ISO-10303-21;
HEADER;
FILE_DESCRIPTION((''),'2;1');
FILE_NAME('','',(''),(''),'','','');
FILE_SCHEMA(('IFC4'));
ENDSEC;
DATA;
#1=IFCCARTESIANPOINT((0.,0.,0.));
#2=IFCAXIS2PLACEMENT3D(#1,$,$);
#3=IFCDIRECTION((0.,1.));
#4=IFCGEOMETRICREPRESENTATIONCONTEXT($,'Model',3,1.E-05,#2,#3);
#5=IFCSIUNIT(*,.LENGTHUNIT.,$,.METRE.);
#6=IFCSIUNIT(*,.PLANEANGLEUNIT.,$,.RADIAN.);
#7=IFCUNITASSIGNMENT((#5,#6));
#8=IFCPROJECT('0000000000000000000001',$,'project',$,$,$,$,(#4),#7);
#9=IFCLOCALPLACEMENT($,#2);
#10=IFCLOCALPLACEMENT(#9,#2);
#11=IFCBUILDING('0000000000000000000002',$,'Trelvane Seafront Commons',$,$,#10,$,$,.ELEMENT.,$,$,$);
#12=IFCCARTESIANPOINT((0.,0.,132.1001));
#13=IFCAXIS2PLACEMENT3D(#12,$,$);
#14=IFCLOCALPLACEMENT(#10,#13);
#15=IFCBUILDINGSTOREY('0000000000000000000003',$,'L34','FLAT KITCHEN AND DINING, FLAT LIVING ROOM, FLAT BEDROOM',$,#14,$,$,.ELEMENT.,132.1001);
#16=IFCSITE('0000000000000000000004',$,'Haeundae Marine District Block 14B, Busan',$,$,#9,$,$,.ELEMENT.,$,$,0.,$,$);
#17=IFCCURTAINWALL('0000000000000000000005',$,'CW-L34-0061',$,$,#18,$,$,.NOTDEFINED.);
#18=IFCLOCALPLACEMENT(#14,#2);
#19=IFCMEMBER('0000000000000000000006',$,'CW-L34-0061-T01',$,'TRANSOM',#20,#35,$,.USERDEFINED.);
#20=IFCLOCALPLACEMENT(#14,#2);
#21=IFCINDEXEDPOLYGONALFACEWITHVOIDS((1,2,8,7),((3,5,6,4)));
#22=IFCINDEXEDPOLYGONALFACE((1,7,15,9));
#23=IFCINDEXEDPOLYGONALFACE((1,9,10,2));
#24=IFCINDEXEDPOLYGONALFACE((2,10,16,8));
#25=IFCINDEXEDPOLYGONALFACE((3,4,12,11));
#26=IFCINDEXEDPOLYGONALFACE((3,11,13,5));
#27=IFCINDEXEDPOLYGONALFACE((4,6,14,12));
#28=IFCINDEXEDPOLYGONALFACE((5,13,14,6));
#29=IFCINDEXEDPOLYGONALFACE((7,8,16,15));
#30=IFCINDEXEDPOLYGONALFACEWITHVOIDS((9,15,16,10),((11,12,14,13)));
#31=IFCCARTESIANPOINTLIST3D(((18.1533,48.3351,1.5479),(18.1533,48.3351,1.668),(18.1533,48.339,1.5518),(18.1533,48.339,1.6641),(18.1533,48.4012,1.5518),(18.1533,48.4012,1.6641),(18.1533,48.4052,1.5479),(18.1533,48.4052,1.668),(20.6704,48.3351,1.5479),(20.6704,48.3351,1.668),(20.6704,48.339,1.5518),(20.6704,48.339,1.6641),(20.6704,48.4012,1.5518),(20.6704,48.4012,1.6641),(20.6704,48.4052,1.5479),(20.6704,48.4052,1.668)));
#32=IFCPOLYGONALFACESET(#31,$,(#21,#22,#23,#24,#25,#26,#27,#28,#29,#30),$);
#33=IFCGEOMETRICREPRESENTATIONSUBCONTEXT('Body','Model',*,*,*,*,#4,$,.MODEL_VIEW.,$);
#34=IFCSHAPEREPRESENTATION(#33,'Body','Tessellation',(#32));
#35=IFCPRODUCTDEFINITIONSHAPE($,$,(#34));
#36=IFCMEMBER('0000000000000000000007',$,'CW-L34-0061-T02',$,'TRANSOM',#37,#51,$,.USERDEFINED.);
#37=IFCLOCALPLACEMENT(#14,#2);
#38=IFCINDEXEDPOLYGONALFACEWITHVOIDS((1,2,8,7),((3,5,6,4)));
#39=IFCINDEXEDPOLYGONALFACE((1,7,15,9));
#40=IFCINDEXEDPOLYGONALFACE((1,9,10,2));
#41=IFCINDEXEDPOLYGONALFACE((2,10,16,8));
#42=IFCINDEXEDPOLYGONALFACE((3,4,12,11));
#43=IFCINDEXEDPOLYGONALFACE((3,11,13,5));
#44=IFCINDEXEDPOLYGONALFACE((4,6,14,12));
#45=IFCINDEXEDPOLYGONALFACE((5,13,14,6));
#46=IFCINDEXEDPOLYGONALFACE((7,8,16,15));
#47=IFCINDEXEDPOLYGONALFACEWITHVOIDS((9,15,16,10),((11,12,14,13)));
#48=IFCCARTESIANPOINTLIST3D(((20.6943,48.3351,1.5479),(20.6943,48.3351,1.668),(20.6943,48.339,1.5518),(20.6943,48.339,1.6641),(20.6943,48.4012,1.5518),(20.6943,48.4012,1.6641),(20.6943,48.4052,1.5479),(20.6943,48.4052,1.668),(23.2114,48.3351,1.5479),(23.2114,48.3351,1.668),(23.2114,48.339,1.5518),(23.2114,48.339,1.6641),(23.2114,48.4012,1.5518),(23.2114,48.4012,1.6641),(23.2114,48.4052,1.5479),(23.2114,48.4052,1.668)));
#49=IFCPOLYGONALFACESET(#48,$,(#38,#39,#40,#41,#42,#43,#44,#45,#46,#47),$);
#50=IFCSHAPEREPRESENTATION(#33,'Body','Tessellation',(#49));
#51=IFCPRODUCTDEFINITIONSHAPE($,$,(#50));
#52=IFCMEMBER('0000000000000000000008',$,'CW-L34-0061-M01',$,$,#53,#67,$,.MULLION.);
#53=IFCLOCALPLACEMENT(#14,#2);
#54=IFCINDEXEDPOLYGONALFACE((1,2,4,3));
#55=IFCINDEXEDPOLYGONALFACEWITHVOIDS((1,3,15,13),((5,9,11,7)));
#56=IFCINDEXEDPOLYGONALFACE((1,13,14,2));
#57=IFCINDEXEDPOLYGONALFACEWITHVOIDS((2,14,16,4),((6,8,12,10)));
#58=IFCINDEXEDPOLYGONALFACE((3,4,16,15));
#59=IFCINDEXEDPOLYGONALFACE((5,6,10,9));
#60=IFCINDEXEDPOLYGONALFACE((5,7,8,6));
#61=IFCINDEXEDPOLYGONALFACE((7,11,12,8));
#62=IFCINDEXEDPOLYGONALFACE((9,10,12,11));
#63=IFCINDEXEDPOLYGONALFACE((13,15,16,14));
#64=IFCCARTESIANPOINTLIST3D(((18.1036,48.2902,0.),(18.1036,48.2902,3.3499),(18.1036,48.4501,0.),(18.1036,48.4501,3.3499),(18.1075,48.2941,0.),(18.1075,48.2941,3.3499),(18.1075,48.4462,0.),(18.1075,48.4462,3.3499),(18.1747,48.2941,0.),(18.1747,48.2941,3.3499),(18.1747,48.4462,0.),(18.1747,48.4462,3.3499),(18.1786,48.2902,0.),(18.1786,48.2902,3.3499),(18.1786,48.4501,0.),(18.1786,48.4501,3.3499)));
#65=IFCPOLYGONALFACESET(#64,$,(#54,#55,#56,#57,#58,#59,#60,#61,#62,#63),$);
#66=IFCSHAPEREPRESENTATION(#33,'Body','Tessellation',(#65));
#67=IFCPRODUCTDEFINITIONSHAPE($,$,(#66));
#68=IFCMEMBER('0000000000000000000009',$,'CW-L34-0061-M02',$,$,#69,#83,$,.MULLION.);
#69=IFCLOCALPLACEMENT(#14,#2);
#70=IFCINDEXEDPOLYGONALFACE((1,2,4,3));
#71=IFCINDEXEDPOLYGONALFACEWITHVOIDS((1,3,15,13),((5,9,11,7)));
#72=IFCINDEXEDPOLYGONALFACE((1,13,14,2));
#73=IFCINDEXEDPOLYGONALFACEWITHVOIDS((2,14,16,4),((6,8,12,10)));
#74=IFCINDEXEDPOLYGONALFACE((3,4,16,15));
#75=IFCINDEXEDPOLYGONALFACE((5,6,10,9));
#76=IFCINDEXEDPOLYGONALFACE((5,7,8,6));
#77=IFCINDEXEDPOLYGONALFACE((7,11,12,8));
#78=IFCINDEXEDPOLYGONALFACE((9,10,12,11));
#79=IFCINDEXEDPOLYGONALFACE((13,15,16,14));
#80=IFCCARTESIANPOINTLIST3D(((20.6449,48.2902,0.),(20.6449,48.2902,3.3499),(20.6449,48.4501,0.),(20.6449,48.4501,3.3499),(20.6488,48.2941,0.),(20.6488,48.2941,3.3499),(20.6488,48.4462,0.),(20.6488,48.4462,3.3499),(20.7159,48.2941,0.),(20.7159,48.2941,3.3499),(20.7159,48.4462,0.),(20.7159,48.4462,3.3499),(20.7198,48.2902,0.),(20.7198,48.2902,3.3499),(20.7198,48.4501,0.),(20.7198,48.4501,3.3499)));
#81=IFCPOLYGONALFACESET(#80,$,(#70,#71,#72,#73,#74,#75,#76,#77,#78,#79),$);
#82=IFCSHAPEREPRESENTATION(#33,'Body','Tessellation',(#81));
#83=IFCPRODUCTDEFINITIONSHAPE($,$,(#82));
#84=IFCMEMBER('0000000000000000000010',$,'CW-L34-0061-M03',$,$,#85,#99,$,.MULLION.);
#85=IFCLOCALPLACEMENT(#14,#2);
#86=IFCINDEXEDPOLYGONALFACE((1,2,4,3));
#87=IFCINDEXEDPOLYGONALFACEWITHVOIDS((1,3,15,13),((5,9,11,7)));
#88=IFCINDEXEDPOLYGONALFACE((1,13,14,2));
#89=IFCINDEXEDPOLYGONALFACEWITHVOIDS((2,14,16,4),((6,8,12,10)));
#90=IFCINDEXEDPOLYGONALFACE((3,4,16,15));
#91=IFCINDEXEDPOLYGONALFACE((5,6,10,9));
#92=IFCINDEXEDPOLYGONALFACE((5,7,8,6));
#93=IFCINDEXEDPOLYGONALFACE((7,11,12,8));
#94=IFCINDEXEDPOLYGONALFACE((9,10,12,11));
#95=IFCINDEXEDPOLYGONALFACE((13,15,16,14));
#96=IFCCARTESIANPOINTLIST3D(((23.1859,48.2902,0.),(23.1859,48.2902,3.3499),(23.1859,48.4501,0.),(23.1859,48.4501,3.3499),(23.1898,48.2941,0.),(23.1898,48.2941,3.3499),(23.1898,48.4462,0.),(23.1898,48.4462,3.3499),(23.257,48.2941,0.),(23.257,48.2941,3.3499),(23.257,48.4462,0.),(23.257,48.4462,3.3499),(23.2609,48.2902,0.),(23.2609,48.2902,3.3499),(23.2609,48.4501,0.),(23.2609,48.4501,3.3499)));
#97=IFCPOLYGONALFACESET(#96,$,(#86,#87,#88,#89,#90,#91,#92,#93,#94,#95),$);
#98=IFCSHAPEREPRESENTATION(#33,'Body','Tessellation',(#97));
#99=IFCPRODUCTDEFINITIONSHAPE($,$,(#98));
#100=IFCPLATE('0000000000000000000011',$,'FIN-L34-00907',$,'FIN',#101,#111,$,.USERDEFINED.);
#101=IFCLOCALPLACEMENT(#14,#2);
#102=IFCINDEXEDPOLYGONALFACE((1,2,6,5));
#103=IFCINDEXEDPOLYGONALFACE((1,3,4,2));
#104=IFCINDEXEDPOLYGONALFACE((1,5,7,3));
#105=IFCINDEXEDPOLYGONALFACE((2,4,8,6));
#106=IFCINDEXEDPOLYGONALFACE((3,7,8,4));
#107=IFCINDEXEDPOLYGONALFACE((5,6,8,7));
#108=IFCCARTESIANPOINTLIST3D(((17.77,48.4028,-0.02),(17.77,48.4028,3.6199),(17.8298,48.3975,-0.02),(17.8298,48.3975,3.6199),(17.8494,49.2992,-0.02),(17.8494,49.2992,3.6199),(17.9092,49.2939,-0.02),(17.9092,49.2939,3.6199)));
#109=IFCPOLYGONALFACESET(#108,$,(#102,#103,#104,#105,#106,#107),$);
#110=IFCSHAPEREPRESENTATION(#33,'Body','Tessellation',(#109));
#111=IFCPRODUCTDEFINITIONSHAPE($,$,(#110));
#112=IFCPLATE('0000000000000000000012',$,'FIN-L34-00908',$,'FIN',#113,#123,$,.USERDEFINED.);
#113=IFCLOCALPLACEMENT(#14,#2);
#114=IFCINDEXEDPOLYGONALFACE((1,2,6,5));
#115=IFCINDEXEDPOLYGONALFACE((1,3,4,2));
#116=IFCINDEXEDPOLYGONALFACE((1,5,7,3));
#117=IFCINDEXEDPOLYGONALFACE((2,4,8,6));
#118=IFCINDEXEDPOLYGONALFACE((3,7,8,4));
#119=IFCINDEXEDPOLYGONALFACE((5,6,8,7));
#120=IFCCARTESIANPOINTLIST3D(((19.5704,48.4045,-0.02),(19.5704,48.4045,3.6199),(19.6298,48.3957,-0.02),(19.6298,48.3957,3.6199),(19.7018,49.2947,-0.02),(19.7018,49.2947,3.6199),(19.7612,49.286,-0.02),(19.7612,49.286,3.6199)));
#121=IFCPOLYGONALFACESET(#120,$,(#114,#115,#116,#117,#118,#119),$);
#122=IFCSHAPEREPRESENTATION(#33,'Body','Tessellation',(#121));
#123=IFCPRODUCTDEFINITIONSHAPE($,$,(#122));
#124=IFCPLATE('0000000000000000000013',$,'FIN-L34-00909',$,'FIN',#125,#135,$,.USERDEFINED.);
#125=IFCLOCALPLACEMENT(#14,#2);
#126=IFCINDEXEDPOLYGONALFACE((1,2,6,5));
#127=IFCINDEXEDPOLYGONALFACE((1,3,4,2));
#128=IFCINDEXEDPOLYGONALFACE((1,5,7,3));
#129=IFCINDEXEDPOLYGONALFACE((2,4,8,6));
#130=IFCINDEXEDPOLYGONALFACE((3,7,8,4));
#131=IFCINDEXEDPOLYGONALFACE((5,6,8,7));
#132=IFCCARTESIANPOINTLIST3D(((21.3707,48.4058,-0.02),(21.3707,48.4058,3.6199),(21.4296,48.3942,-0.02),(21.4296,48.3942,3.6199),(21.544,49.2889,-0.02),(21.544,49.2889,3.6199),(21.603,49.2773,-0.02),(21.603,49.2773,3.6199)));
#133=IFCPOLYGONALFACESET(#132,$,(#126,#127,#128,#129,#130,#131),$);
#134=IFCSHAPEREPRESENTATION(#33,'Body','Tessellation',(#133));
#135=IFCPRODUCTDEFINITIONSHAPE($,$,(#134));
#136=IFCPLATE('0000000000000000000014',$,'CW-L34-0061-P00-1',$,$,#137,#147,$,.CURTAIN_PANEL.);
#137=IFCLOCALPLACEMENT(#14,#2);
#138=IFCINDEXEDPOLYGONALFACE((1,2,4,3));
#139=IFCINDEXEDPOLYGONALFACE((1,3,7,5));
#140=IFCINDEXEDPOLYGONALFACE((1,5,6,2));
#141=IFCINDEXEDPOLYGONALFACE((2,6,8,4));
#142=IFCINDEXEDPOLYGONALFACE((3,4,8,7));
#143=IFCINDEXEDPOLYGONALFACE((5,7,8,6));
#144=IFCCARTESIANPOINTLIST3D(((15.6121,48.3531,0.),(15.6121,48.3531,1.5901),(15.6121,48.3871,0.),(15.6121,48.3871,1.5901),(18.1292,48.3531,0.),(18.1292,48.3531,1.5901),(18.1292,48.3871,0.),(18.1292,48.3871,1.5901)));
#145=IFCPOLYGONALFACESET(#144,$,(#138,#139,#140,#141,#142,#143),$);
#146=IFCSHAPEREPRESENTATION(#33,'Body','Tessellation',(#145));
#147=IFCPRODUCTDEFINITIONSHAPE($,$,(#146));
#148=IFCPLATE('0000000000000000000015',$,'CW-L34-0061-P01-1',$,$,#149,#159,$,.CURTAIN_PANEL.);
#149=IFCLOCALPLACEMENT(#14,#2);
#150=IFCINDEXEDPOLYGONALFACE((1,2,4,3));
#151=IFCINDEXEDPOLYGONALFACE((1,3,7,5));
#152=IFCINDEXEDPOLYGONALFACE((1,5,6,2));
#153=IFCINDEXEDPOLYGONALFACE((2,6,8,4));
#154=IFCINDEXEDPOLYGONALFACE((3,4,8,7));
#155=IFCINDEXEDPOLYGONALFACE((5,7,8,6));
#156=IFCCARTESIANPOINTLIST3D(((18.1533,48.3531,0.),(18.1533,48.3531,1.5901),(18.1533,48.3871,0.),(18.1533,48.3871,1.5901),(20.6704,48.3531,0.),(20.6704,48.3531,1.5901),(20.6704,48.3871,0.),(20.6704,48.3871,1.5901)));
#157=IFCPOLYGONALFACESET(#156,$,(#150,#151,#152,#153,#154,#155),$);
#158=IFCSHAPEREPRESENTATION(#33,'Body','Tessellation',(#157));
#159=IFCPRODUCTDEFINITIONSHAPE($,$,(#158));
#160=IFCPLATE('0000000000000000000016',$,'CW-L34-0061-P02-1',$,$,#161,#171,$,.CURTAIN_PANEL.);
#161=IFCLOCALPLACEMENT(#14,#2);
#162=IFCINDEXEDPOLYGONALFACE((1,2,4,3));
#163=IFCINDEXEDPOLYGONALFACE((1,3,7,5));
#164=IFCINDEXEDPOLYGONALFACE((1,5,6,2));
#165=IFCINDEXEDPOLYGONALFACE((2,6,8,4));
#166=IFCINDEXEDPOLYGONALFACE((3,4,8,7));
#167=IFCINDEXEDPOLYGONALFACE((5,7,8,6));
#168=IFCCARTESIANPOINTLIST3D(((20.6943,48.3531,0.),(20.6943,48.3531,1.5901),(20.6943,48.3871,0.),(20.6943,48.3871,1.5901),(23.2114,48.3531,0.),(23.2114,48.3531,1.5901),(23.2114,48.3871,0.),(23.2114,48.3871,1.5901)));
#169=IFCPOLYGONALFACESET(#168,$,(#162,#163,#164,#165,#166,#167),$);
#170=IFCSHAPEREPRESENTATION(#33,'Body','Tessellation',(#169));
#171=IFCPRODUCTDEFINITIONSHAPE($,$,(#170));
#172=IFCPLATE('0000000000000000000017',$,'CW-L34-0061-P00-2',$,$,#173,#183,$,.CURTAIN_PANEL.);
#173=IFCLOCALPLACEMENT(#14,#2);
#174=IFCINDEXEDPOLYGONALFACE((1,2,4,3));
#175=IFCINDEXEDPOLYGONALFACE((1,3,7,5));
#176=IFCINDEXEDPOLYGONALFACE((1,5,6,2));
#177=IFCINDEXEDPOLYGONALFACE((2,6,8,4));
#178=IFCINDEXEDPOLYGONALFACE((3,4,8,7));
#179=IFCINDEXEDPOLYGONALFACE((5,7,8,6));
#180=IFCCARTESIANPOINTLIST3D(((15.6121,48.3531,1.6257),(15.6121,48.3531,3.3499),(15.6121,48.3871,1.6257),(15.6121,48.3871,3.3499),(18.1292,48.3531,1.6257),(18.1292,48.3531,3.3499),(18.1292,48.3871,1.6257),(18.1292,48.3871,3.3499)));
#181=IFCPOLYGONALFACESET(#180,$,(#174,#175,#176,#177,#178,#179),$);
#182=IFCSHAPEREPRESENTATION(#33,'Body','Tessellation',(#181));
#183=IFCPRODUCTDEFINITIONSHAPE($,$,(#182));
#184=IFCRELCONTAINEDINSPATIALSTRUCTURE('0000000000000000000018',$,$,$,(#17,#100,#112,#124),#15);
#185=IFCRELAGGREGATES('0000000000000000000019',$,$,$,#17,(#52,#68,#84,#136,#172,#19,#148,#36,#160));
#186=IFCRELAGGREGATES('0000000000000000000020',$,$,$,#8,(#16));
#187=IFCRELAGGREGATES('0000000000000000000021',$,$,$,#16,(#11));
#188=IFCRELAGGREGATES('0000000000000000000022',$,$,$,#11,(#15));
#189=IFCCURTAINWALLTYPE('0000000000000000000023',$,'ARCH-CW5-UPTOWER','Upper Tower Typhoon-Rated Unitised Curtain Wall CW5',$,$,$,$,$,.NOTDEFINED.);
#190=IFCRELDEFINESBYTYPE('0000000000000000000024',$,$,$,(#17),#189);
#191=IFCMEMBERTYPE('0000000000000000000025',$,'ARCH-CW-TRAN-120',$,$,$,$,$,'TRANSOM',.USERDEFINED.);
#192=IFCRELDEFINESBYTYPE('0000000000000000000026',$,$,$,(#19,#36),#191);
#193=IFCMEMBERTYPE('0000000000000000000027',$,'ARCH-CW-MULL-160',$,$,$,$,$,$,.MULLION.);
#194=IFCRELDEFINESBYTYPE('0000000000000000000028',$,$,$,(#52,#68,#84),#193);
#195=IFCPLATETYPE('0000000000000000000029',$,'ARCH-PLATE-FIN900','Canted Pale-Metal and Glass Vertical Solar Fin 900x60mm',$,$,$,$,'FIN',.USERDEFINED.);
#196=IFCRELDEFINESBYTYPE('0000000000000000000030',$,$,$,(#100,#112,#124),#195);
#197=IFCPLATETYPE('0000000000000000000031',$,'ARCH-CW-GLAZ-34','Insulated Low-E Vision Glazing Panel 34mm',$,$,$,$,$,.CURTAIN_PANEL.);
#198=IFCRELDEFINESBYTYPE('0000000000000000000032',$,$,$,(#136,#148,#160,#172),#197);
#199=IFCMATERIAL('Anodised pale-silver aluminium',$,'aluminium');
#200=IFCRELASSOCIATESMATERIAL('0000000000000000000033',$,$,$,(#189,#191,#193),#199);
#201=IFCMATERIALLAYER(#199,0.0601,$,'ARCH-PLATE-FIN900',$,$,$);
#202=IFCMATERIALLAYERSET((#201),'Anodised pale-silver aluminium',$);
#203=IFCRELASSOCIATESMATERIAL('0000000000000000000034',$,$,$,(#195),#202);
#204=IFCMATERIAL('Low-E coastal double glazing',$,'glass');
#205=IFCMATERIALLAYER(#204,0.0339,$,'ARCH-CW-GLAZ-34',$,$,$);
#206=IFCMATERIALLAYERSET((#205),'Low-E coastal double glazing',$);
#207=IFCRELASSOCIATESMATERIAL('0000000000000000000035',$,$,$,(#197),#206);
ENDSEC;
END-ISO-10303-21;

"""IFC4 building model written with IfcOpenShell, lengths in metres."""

from ifc_helpers import new_model, si_unit, direction, frame, origin, origin_2d, place, context, subcontext, project, spatial, rectangle, hollow_rectangle, extrude, source, transform, mapped, material, layer, layer_set, material_profile, profile_set, type_object, element, aggregate, save


model = new_model("IFC4")

# Units and contexts
model_context = context("Model", 3, precision=1e-05, world=origin(), true_north=direction((0.0, 1.0)))
body_context = subcontext(model_context, "Body", "Model", "MODEL_VIEW")
ifc_project = project(units=[si_unit("LENGTHUNIT", "METRE"), si_unit("PLANEANGLEUNIT", "RADIAN")], contexts=[model_context])

# Site, building, storey
site_placement = place(None, origin())
site = spatial("IfcSite", under=ifc_project, at=site_placement, Name="Haeundae Marine District Block 14B, Busan", CompositionType="ELEMENT", RefElevation=0.0)
building_placement = place(site_placement, origin())
building = spatial("IfcBuilding", under=site, at=building_placement, Name="Trelvane Seafront Commons", CompositionType="ELEMENT")
storey_placement = place(building_placement, frame((0.0, 0.0, 132.1001)))
storey = spatial("IfcBuildingStorey", under=building, at=storey_placement, Name="L34", Description="FLAT KITCHEN AND DINING, FLAT LIVING ROOM, FLAT BEDROOM", CompositionType="ELEMENT", Elevation=132.1001)

# Curtain wall, members
ifc_material_1 = material(Name="Anodised pale-silver aluminium", Category="aluminium")
curtain_wall_type = type_object("IfcCurtainWallType", Name="ARCH-CW5-UPTOWER", Description="Upper Tower Typhoon-Rated Unitised Curtain Wall CW5", PredefinedType="NOTDEFINED", material=ifc_material_1)
curtain_wall_placement = place(storey_placement, origin())
curtain_wall = element("IfcCurtainWall", 1, at=curtain_wall_placement, inside=storey, type_object=curtain_wall_type, Name="CW-L34-0061", PredefinedType="NOTDEFINED")
ifc_material_profile_1 = material_profile(ifc_material_1, hollow_rectangle(XDim=0.0701, YDim=0.1201, WallThickness=0.0039, at=origin_2d()), Name="TRAN-70x120x4")
ifc_profile_set_1 = profile_set([ifc_material_profile_1], Name="Anodised pale-silver aluminium")
member_type_1 = type_object("IfcMemberType", Name="ARCH-CW-TRAN-120", ElementType="TRANSOM", PredefinedType="USERDEFINED", material=ifc_profile_set_1)
shared_shape_1 = source(origin(), body_context, "Body", "SweptSolid", [
    extrude(hollow_rectangle(XDim=0.0701, YDim=0.1201, WallThickness=0.0039, at=origin_2d()), origin(), (0.0, 0.0, 1.0), 2.5171),
])
member_1_placement = place(storey_placement, frame((18.1533, 48.3701, 1.6079), z_axis=(1.0, 0.0, 0.0), x_axis=(0.0, 1.0, 0.0)))
member_1 = element("IfcMember", 2, at=member_1_placement, type_object=member_type_1, Name="CW-L34-0061-T01", ObjectType="TRANSOM", PredefinedType="USERDEFINED", context=body_context, shape_type="MappedRepresentation", body=[
    mapped(shared_shape_1, transform((0.0, 0.0, 0.0), x_axis=(1.0, 0.0, 0.0), y_axis=(0.0, 1.0, 0.0), z_axis=(0.0, 0.0, 1.0), scale=1.0)),
])
member_2_placement = place(storey_placement, frame((20.6943, 48.3701, 1.6079), z_axis=(1.0, 0.0, 0.0), x_axis=(0.0, 1.0, 0.0)))
member_2 = element("IfcMember", 3, at=member_2_placement, type_object=member_type_1, Name="CW-L34-0061-T02", ObjectType="TRANSOM", PredefinedType="USERDEFINED", context=body_context, shape_type="MappedRepresentation", body=[
    mapped(shared_shape_1, transform((0.0, 0.0, 0.0), x_axis=(1.0, 0.0, 0.0), y_axis=(0.0, 1.0, 0.0), z_axis=(0.0, 0.0, 1.0), scale=1.0)),
])
ifc_material_profile_2 = material_profile(ifc_material_1, hollow_rectangle(XDim=0.075, YDim=0.1599, WallThickness=0.0039, at=origin_2d()), Name="MULL-75x160x4")
ifc_profile_set_2 = profile_set([ifc_material_profile_2], Name="Anodised pale-silver aluminium")
member_type_2 = type_object("IfcMemberType", Name="ARCH-CW-MULL-160", PredefinedType="MULLION", material=ifc_profile_set_2)
shared_shape_2 = source(origin(), body_context, "Body", "SweptSolid", [
    extrude(hollow_rectangle(XDim=0.075, YDim=0.1599, WallThickness=0.0039, at=origin_2d()), origin(), (0.0, 0.0, 1.0), 3.3499),
])
member_3_placement = place(storey_placement, frame((18.1411, 48.3701, 0.0), z_axis=(0.0, 0.0, 1.0), x_axis=(1.0, 0.0, 0.0)))
member_3 = element("IfcMember", 4, at=member_3_placement, type_object=member_type_2, Name="CW-L34-0061-M01", PredefinedType="MULLION", context=body_context, shape_type="MappedRepresentation", body=[
    mapped(shared_shape_2, transform((0.0, 0.0, 0.0), x_axis=(1.0, 0.0, 0.0), y_axis=(0.0, 1.0, 0.0), z_axis=(0.0, 0.0, 1.0), scale=1.0)),
])
member_4_placement = place(storey_placement, frame((20.6824, 48.3701, 0.0), z_axis=(0.0, 0.0, 1.0), x_axis=(1.0, 0.0, 0.0)))
member_4 = element("IfcMember", 5, at=member_4_placement, type_object=member_type_2, Name="CW-L34-0061-M02", PredefinedType="MULLION", context=body_context, shape_type="MappedRepresentation", body=[
    mapped(shared_shape_2, transform((0.0, 0.0, 0.0), x_axis=(1.0, 0.0, 0.0), y_axis=(0.0, 1.0, 0.0), z_axis=(0.0, 0.0, 1.0), scale=1.0)),
])
member_5_placement = place(storey_placement, frame((23.2234, 48.3701, 0.0), z_axis=(0.0, 0.0, 1.0), x_axis=(1.0, 0.0, 0.0)))
member_5 = element("IfcMember", 6, at=member_5_placement, type_object=member_type_2, Name="CW-L34-0061-M03", PredefinedType="MULLION", context=body_context, shape_type="MappedRepresentation", body=[
    mapped(shared_shape_2, transform((0.0, 0.0, 0.0), x_axis=(1.0, 0.0, 0.0), y_axis=(0.0, 1.0, 0.0), z_axis=(0.0, 0.0, 1.0), scale=1.0)),
])

# Plates
ifc_layer_1 = layer(ifc_material_1, 0.0601, Name="ARCH-PLATE-FIN900")
ifc_layer_set_1 = layer_set([ifc_layer_1], Name="Anodised pale-silver aluminium")
plate_type_1 = type_object("IfcPlateType", Name="ARCH-PLATE-FIN900", Description="Canted Pale-Metal and Glass Vertical Solar Fin 900x60mm", ElementType="FIN", PredefinedType="USERDEFINED", material=ifc_layer_set_1)
shared_shape_3 = source(origin(), body_context, "Body", "SweptSolid", [
    extrude(rectangle(XDim=0.8999, YDim=0.0601, at=origin_2d()), origin(), (0.0, 0.0, 1.0), 3.6399),
])
for number, where, z_axis, x_axis, name in (
    (7, (17.8396, 48.8484, -0.02), (0.0, 0.0, 1.0), (0.088222, 0.996101, 0.0), "FIN-L34-00907"),
    (8, (19.6658, 48.8452, -0.02), (0.0, 0.0, 1.0), (0.145993, 0.989286, 0.0), "FIN-L34-00908"),
    (9, (21.4868, 48.8416, -0.02), (0.0, 0.0, 1.0), (0.192674, 0.981263, 0.0), "FIN-L34-00909"),
):
    element("IfcPlate", number, at=place(storey_placement, frame(where, z_axis=z_axis, x_axis=x_axis)), inside=storey, type_object=plate_type_1, Name=name, ObjectType="FIN", PredefinedType="USERDEFINED", context=body_context, shape_type="MappedRepresentation", body=[
        mapped(shared_shape_3, transform((0.0, 0.0, 0.0), x_axis=(1.0, 0.0, 0.0), y_axis=(0.0, 1.0, 0.0), z_axis=(0.0, 0.0, 1.0), scale=1.0)),
    ])

# Plates
ifc_material_2 = material(Name="Low-E coastal double glazing", Category="glass")
ifc_layer_2 = layer(ifc_material_2, 0.0339, Name="ARCH-CW-GLAZ-34")
ifc_layer_set_2 = layer_set([ifc_layer_2], Name="Low-E coastal double glazing")
plate_type_2 = type_object("IfcPlateType", Name="ARCH-CW-GLAZ-34", Description="Insulated Low-E Vision Glazing Panel 34mm", PredefinedType="CURTAIN_PANEL", material=ifc_layer_set_2)
shared_shape_4 = source(origin(), body_context, "Body", "SweptSolid", [
    extrude(rectangle(XDim=2.5171, YDim=0.0339, at=origin_2d()), origin(), (0.0, 0.0, 1.0), 1.5901),
])
plate_1_placement = place(storey_placement, frame((16.8706, 48.3701, 0.0), z_axis=(0.0, 0.0, 1.0), x_axis=(1.0, 0.0, 0.0)))
plate_1 = element("IfcPlate", 10, at=plate_1_placement, type_object=plate_type_2, Name="CW-L34-0061-P00-1", PredefinedType="CURTAIN_PANEL", context=body_context, shape_type="MappedRepresentation", body=[
    mapped(shared_shape_4, transform((0.0, 0.0, 0.0), x_axis=(1.0, 0.0, 0.0), y_axis=(0.0, 1.0, 0.0), z_axis=(0.0, 0.0, 1.0), scale=1.0)),
])
plate_2_placement = place(storey_placement, frame((19.4119, 48.3701, 0.0), z_axis=(0.0, 0.0, 1.0), x_axis=(1.0, 0.0, 0.0)))
plate_2 = element("IfcPlate", 11, at=plate_2_placement, type_object=plate_type_2, Name="CW-L34-0061-P01-1", PredefinedType="CURTAIN_PANEL", context=body_context, shape_type="MappedRepresentation", body=[
    mapped(shared_shape_4, transform((0.0, 0.0, 0.0), x_axis=(1.0, 0.0, 0.0), y_axis=(0.0, 1.0, 0.0), z_axis=(0.0, 0.0, 1.0), scale=1.0)),
])
plate_3_placement = place(storey_placement, frame((21.9529, 48.3701, 0.0), z_axis=(0.0, 0.0, 1.0), x_axis=(1.0, 0.0, 0.0)))
plate_3 = element("IfcPlate", 12, at=plate_3_placement, type_object=plate_type_2, Name="CW-L34-0061-P02-1", PredefinedType="CURTAIN_PANEL", context=body_context, shape_type="MappedRepresentation", body=[
    mapped(shared_shape_4, transform((0.0, 0.0, 0.0), x_axis=(1.0, 0.0, 0.0), y_axis=(0.0, 1.0, 0.0), z_axis=(0.0, 0.0, 1.0), scale=1.0)),
])
shared_shape_5 = source(origin(), body_context, "Body", "SweptSolid", [
    extrude(rectangle(XDim=2.5171, YDim=0.0339, at=origin_2d()), origin(), (0.0, 0.0, 1.0), 1.7241),
])
plate_4_placement = place(storey_placement, frame((16.8706, 48.3701, 1.6257), z_axis=(0.0, 0.0, 1.0), x_axis=(1.0, 0.0, 0.0)))
plate_4 = element("IfcPlate", 13, at=plate_4_placement, type_object=plate_type_2, Name="CW-L34-0061-P00-2", PredefinedType="CURTAIN_PANEL", context=body_context, shape_type="MappedRepresentation", body=[
    mapped(shared_shape_5, transform((0.0, 0.0, 0.0), x_axis=(1.0, 0.0, 0.0), y_axis=(0.0, 1.0, 0.0), z_axis=(0.0, 0.0, 1.0), scale=1.0)),
])
aggregate(curtain_wall, [member_3, member_4, member_5, plate_1, plate_4, member_1, plate_2, member_2, plate_3])

save(model, "model.ifc")
